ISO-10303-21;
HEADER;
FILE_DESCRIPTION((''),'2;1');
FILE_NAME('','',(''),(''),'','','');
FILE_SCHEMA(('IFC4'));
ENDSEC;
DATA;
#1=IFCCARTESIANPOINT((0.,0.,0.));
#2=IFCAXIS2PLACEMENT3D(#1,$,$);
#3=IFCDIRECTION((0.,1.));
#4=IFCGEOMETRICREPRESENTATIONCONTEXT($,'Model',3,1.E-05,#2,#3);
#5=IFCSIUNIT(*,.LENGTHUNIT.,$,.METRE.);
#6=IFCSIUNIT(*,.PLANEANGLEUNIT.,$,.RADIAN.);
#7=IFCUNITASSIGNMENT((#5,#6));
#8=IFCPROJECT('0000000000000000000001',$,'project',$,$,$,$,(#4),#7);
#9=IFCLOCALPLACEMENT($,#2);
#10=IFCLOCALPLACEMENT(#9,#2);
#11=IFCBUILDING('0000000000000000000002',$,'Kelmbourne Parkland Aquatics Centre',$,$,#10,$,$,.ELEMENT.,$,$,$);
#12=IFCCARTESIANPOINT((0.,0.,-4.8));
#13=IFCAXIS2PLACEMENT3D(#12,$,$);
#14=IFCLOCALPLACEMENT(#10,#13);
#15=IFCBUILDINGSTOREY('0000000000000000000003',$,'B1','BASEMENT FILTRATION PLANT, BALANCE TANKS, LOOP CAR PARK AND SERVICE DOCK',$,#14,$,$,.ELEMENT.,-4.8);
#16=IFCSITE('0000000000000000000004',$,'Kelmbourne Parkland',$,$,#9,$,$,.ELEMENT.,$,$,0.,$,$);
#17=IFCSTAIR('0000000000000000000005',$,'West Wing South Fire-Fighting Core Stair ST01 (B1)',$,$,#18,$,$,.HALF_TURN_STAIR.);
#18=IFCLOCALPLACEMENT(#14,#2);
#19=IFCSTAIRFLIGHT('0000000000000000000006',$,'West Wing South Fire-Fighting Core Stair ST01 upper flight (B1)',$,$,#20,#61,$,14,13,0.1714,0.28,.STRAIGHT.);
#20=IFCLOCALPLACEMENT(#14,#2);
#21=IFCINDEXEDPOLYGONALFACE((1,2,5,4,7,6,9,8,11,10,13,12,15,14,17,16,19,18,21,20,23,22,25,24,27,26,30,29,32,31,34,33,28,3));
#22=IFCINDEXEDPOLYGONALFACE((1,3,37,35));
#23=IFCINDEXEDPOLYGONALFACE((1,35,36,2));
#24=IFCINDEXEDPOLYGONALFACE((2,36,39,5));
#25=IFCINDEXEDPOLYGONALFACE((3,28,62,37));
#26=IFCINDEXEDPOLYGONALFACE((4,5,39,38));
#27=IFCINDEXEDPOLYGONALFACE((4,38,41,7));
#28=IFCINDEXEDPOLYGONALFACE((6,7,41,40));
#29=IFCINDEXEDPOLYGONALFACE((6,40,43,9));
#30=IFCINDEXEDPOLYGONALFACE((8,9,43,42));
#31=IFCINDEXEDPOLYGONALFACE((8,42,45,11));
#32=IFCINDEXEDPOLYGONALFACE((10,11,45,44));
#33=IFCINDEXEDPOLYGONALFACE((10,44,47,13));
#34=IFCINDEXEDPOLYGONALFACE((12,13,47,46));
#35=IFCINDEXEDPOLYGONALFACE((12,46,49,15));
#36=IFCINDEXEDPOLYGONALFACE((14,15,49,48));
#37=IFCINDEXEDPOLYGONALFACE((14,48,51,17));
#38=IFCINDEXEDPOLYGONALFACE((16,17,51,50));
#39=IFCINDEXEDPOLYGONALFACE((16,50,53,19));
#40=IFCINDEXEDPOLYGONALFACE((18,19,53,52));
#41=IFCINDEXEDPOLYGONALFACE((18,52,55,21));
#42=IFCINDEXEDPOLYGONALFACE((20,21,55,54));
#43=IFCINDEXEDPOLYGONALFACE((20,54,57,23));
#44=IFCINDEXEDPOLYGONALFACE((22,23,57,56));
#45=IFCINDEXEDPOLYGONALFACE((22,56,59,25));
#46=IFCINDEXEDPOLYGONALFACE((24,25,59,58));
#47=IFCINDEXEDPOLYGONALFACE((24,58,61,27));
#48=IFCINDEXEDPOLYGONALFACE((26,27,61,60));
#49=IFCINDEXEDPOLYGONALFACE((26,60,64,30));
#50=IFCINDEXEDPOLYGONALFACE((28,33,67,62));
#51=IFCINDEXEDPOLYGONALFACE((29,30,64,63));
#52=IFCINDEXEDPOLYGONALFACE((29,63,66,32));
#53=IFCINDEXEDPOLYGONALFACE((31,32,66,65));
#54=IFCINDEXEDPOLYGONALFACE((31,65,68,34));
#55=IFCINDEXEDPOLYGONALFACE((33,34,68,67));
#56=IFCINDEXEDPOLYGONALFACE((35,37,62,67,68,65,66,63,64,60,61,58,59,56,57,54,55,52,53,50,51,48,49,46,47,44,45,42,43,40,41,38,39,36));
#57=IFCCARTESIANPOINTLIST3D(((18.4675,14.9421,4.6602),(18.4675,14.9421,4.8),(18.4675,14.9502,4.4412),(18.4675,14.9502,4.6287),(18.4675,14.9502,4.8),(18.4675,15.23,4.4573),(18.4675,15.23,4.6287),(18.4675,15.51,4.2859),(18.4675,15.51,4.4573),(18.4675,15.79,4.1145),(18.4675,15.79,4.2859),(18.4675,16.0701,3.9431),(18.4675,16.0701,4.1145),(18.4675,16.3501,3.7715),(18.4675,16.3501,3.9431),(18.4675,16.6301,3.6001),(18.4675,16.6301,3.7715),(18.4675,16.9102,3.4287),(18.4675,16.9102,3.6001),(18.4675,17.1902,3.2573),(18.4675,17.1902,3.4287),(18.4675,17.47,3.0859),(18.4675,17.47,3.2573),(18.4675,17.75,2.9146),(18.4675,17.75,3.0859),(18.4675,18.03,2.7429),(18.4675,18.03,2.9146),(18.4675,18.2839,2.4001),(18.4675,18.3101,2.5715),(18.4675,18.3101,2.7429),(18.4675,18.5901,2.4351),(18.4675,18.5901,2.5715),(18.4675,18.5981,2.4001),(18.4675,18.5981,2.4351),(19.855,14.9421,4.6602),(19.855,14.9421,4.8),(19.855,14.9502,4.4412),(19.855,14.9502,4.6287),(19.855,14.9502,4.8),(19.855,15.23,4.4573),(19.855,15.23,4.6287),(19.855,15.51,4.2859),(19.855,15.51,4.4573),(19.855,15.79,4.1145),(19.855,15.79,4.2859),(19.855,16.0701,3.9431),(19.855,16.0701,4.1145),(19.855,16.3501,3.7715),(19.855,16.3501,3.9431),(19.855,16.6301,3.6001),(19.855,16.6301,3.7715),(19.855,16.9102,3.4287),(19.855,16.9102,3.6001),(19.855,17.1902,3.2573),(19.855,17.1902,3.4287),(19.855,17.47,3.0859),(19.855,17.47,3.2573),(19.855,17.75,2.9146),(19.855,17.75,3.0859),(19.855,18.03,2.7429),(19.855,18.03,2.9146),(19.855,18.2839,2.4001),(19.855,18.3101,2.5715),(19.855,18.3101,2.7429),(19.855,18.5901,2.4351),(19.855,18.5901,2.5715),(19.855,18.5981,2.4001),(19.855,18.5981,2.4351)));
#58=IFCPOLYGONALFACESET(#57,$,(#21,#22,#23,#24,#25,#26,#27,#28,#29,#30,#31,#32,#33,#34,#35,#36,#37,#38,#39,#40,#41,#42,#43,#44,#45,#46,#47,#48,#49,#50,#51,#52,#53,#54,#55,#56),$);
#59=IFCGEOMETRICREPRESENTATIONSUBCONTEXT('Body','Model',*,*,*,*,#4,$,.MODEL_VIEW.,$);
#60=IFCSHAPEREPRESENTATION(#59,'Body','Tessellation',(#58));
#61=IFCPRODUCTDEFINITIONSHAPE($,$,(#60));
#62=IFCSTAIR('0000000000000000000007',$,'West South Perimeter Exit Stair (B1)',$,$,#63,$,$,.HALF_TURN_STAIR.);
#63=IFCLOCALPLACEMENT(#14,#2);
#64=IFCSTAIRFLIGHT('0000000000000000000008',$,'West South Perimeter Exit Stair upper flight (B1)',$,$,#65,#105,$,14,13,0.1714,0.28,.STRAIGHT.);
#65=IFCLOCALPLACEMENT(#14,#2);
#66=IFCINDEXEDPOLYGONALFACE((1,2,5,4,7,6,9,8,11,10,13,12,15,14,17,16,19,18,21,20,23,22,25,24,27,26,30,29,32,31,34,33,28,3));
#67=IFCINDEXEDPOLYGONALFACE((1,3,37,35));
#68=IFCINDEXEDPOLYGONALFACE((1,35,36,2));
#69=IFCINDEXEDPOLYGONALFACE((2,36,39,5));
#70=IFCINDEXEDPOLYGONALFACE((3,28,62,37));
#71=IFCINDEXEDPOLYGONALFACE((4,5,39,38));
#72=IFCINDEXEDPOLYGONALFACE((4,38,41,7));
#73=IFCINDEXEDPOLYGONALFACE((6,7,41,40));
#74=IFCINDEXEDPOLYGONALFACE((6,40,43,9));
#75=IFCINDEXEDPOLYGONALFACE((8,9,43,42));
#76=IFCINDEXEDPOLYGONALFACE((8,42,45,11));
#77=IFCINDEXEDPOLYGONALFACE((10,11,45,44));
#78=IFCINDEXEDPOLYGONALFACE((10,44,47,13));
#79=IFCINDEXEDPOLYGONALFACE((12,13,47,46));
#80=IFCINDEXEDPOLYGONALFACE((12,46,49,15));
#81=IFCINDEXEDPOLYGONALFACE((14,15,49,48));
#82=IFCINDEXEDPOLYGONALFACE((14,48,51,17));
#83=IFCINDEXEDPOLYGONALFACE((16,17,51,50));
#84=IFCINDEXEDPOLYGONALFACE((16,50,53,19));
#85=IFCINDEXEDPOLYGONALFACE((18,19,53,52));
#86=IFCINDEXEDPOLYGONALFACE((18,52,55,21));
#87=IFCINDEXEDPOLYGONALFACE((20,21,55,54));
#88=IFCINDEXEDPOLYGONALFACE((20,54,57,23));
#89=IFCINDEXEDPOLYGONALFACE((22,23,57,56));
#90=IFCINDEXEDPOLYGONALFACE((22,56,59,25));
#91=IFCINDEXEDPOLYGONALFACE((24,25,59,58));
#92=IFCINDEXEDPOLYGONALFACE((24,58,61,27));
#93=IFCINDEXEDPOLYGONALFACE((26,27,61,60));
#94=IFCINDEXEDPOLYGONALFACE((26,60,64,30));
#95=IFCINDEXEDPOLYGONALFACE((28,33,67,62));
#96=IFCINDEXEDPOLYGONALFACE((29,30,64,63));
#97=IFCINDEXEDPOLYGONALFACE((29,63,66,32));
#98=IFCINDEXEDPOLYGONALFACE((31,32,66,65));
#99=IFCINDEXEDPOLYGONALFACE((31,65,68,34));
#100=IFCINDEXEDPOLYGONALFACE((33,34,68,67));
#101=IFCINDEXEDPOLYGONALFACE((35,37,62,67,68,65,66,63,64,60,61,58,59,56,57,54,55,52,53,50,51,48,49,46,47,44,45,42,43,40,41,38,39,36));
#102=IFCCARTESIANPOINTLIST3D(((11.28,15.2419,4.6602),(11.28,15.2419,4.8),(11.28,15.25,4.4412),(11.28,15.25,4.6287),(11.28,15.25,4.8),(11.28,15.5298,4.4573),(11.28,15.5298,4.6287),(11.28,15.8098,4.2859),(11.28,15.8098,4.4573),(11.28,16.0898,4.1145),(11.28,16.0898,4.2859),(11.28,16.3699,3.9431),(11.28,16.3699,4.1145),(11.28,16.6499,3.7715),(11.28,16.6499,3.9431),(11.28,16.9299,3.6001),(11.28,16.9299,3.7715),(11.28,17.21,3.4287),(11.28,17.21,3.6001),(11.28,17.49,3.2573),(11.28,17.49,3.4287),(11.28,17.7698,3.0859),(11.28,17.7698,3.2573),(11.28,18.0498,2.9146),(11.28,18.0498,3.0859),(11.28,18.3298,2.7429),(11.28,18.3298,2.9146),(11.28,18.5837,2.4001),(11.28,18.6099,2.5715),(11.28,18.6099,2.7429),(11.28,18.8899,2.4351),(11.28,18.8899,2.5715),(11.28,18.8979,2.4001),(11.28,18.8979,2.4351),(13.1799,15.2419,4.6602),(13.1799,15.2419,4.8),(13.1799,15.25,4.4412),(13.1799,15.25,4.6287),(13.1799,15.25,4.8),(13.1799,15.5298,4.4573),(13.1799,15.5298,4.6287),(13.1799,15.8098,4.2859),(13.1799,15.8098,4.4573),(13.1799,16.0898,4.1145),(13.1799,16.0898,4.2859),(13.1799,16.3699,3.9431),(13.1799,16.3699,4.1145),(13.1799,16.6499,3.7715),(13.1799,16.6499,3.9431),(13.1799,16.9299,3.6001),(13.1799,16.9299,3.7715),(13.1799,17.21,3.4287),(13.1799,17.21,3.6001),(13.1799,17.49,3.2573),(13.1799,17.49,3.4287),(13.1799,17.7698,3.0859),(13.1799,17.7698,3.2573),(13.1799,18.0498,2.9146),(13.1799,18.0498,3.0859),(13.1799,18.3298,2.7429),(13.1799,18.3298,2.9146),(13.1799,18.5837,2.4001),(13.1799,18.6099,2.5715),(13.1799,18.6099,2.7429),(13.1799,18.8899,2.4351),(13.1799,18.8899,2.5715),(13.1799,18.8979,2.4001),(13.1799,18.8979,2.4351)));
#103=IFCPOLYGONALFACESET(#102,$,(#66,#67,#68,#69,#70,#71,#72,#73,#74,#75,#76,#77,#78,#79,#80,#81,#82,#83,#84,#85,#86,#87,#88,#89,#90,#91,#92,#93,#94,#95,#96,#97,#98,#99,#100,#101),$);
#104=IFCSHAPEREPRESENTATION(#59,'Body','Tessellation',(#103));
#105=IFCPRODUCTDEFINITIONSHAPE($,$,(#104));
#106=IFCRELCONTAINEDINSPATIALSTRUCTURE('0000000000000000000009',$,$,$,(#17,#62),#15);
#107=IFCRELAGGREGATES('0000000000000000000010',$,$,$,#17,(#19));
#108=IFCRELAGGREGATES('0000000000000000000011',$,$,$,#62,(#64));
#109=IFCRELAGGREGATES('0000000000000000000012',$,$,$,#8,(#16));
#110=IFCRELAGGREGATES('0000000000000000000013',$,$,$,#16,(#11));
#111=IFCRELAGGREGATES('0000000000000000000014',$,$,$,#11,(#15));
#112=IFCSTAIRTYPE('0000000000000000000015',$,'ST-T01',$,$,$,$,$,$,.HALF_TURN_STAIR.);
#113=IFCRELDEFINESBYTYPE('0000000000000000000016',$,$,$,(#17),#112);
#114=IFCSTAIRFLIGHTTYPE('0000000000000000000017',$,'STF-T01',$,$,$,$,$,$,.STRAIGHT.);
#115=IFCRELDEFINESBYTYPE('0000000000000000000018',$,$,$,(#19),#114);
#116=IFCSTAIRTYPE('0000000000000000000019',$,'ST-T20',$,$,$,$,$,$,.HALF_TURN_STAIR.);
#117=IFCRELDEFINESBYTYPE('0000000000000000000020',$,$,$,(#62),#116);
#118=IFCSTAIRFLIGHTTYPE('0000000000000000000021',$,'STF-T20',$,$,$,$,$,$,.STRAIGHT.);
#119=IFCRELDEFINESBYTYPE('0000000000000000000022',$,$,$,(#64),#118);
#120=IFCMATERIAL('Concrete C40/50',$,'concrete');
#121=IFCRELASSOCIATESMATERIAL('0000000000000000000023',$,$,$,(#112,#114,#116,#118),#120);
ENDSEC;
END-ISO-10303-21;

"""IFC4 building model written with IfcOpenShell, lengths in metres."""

from ifc_helpers import new_model, si_unit, direction, frame, origin, place, context, subcontext, project, spatial, polyline, outline, extrude, material, type_object, element, aggregate, save


model = new_model("IFC4")

# Units and contexts
model_context = context("Model", 3, precision=1e-05, world=origin(), true_north=direction((0.0, 1.0)))
body_context = subcontext(model_context, "Body", "Model", "MODEL_VIEW")
ifc_project = project(units=[si_unit("LENGTHUNIT", "METRE"), si_unit("PLANEANGLEUNIT", "RADIAN")], contexts=[model_context])

# Site, building, storey
site_placement = place(None, origin())
site = spatial("IfcSite", under=ifc_project, at=site_placement, Name="Kelmbourne Parkland", CompositionType="ELEMENT", RefElevation=0.0)
building_placement = place(site_placement, origin())
building = spatial("IfcBuilding", under=site, at=building_placement, Name="Kelmbourne Parkland Aquatics Centre", CompositionType="ELEMENT")
storey_placement = place(building_placement, frame((0.0, 0.0, -4.8)))
storey = spatial("IfcBuildingStorey", under=building, at=storey_placement, Name="B1", Description="BASEMENT FILTRATION PLANT, BALANCE TANKS, LOOP CAR PARK AND SERVICE DOCK", CompositionType="ELEMENT", Elevation=-4.8)

# Shared definitions
ifc_material_1 = material(Name="Concrete C40/50", Category="concrete")

# Stairs, stair flights
stair_type_1 = type_object("IfcStairType", Name="ST-T01", PredefinedType="HALF_TURN_STAIR", material=ifc_material_1)
stair_1_placement = place(storey_placement, origin())
stair_1 = element("IfcStair", 1, at=stair_1_placement, inside=storey, type_object=stair_type_1, Name="West Wing South Fire-Fighting Core Stair ST01 (B1)", PredefinedType="HALF_TURN_STAIR")
stair_flight_type_1 = type_object("IfcStairFlightType", Name="STF-T01", PredefinedType="STRAIGHT", material=ifc_material_1)
stair_flight_1_placement = place(storey_placement, frame((19.1611, 18.5901, 2.4001), z_axis=(0.0, 0.0, 1.0), x_axis=(0.0, -1.0, 0.0)))
stair_flight_1 = element("IfcStairFlight", 2, at=stair_flight_1_placement, type_object=stair_flight_type_1, Name="West Wing South Fire-Fighting Core Stair ST01 upper flight (B1)", NumberOfRisers=14, NumberOfTreads=13, PredefinedType="STRAIGHT", RiserHeight=0.1714, TreadLength=0.28, context=body_context, shape_type="SweptSolid", body=[
    extrude(outline(polyline([(-0.0081, 0.0), (-0.0081, 0.0349), (0.0, 0.0349), (0.0, 0.1714), (0.28, 0.1714), (0.28, 0.3428), (0.5601, 0.3428), (0.5601, 0.5144), (0.8401, 0.5144), (0.8401, 0.6858), (1.1201, 0.6858), (1.1201, 0.8572), (1.3999, 0.8572), (1.3999, 1.0286), (1.6799, 1.0286), (1.6799, 1.2), (1.96, 1.2), (1.96, 1.3713), (2.24, 1.3713), (2.24, 1.543), (2.52, 1.543), (2.52, 1.7144), (2.8, 1.7144), (2.8, 1.8857), (3.0801, 1.8857), (3.0801, 2.0571), (3.3601, 2.0571), (3.3601, 2.2285), (3.6399, 2.2285), (3.6399, 2.3999), (3.6479, 2.3999), (3.6479, 2.26), (3.6399, 2.041), (0.3062, 0.0), (-0.0081, 0.0)])), frame((0.0, 0.6938, 0.0), z_axis=(0.0, -1.0, 0.0), x_axis=(1.0, 0.0, 0.0)), (0.0, 0.0, 1.0), 1.3875),
])
aggregate(stair_1, [stair_flight_1])
stair_type_2 = type_object("IfcStairType", Name="ST-T20", PredefinedType="HALF_TURN_STAIR", material=ifc_material_1)
stair_2_placement = place(storey_placement, origin())
stair_2 = element("IfcStair", 3, at=stair_2_placement, inside=storey, type_object=stair_type_2, Name="West South Perimeter Exit Stair (B1)", PredefinedType="HALF_TURN_STAIR")
stair_flight_type_2 = type_object("IfcStairFlightType", Name="STF-T20", PredefinedType="STRAIGHT", material=ifc_material_1)
stair_flight_2_placement = place(storey_placement, frame((12.23, 18.8899, 2.4001), z_axis=(0.0, 0.0, 1.0), x_axis=(0.0, -1.0, 0.0)))
stair_flight_2 = element("IfcStairFlight", 4, at=stair_flight_2_placement, type_object=stair_flight_type_2, Name="West South Perimeter Exit Stair upper flight (B1)", NumberOfRisers=14, NumberOfTreads=13, PredefinedType="STRAIGHT", RiserHeight=0.1714, TreadLength=0.28, context=body_context, shape_type="SweptSolid", body=[
    extrude(outline(polyline([(-0.0081, 0.0), (-0.0081, 0.0349), (0.0, 0.0349), (0.0, 0.1714), (0.28, 0.1714), (0.28, 0.3428), (0.5601, 0.3428), (0.5601, 0.5144), (0.8401, 0.5144), (0.8401, 0.6858), (1.1201, 0.6858), (1.1201, 0.8572), (1.3999, 0.8572), (1.3999, 1.0286), (1.6799, 1.0286), (1.6799, 1.2), (1.96, 1.2), (1.96, 1.3713), (2.24, 1.3713), (2.24, 1.543), (2.52, 1.543), (2.52, 1.7144), (2.8, 1.7144), (2.8, 1.8857), (3.0801, 1.8857), (3.0801, 2.0571), (3.3601, 2.0571), (3.3601, 2.2285), (3.6399, 2.2285), (3.6399, 2.3999), (3.6479, 2.3999), (3.6479, 2.26), (3.6399, 2.041), (0.3062, 0.0), (-0.0081, 0.0)])), frame((0.0, 0.95, 0.0), z_axis=(0.0, -1.0, 0.0), x_axis=(1.0, 0.0, 0.0)), (0.0, 0.0, 1.0), 1.8999),
])
aggregate(stair_2, [stair_flight_2])

save(model, "model.ifc")
